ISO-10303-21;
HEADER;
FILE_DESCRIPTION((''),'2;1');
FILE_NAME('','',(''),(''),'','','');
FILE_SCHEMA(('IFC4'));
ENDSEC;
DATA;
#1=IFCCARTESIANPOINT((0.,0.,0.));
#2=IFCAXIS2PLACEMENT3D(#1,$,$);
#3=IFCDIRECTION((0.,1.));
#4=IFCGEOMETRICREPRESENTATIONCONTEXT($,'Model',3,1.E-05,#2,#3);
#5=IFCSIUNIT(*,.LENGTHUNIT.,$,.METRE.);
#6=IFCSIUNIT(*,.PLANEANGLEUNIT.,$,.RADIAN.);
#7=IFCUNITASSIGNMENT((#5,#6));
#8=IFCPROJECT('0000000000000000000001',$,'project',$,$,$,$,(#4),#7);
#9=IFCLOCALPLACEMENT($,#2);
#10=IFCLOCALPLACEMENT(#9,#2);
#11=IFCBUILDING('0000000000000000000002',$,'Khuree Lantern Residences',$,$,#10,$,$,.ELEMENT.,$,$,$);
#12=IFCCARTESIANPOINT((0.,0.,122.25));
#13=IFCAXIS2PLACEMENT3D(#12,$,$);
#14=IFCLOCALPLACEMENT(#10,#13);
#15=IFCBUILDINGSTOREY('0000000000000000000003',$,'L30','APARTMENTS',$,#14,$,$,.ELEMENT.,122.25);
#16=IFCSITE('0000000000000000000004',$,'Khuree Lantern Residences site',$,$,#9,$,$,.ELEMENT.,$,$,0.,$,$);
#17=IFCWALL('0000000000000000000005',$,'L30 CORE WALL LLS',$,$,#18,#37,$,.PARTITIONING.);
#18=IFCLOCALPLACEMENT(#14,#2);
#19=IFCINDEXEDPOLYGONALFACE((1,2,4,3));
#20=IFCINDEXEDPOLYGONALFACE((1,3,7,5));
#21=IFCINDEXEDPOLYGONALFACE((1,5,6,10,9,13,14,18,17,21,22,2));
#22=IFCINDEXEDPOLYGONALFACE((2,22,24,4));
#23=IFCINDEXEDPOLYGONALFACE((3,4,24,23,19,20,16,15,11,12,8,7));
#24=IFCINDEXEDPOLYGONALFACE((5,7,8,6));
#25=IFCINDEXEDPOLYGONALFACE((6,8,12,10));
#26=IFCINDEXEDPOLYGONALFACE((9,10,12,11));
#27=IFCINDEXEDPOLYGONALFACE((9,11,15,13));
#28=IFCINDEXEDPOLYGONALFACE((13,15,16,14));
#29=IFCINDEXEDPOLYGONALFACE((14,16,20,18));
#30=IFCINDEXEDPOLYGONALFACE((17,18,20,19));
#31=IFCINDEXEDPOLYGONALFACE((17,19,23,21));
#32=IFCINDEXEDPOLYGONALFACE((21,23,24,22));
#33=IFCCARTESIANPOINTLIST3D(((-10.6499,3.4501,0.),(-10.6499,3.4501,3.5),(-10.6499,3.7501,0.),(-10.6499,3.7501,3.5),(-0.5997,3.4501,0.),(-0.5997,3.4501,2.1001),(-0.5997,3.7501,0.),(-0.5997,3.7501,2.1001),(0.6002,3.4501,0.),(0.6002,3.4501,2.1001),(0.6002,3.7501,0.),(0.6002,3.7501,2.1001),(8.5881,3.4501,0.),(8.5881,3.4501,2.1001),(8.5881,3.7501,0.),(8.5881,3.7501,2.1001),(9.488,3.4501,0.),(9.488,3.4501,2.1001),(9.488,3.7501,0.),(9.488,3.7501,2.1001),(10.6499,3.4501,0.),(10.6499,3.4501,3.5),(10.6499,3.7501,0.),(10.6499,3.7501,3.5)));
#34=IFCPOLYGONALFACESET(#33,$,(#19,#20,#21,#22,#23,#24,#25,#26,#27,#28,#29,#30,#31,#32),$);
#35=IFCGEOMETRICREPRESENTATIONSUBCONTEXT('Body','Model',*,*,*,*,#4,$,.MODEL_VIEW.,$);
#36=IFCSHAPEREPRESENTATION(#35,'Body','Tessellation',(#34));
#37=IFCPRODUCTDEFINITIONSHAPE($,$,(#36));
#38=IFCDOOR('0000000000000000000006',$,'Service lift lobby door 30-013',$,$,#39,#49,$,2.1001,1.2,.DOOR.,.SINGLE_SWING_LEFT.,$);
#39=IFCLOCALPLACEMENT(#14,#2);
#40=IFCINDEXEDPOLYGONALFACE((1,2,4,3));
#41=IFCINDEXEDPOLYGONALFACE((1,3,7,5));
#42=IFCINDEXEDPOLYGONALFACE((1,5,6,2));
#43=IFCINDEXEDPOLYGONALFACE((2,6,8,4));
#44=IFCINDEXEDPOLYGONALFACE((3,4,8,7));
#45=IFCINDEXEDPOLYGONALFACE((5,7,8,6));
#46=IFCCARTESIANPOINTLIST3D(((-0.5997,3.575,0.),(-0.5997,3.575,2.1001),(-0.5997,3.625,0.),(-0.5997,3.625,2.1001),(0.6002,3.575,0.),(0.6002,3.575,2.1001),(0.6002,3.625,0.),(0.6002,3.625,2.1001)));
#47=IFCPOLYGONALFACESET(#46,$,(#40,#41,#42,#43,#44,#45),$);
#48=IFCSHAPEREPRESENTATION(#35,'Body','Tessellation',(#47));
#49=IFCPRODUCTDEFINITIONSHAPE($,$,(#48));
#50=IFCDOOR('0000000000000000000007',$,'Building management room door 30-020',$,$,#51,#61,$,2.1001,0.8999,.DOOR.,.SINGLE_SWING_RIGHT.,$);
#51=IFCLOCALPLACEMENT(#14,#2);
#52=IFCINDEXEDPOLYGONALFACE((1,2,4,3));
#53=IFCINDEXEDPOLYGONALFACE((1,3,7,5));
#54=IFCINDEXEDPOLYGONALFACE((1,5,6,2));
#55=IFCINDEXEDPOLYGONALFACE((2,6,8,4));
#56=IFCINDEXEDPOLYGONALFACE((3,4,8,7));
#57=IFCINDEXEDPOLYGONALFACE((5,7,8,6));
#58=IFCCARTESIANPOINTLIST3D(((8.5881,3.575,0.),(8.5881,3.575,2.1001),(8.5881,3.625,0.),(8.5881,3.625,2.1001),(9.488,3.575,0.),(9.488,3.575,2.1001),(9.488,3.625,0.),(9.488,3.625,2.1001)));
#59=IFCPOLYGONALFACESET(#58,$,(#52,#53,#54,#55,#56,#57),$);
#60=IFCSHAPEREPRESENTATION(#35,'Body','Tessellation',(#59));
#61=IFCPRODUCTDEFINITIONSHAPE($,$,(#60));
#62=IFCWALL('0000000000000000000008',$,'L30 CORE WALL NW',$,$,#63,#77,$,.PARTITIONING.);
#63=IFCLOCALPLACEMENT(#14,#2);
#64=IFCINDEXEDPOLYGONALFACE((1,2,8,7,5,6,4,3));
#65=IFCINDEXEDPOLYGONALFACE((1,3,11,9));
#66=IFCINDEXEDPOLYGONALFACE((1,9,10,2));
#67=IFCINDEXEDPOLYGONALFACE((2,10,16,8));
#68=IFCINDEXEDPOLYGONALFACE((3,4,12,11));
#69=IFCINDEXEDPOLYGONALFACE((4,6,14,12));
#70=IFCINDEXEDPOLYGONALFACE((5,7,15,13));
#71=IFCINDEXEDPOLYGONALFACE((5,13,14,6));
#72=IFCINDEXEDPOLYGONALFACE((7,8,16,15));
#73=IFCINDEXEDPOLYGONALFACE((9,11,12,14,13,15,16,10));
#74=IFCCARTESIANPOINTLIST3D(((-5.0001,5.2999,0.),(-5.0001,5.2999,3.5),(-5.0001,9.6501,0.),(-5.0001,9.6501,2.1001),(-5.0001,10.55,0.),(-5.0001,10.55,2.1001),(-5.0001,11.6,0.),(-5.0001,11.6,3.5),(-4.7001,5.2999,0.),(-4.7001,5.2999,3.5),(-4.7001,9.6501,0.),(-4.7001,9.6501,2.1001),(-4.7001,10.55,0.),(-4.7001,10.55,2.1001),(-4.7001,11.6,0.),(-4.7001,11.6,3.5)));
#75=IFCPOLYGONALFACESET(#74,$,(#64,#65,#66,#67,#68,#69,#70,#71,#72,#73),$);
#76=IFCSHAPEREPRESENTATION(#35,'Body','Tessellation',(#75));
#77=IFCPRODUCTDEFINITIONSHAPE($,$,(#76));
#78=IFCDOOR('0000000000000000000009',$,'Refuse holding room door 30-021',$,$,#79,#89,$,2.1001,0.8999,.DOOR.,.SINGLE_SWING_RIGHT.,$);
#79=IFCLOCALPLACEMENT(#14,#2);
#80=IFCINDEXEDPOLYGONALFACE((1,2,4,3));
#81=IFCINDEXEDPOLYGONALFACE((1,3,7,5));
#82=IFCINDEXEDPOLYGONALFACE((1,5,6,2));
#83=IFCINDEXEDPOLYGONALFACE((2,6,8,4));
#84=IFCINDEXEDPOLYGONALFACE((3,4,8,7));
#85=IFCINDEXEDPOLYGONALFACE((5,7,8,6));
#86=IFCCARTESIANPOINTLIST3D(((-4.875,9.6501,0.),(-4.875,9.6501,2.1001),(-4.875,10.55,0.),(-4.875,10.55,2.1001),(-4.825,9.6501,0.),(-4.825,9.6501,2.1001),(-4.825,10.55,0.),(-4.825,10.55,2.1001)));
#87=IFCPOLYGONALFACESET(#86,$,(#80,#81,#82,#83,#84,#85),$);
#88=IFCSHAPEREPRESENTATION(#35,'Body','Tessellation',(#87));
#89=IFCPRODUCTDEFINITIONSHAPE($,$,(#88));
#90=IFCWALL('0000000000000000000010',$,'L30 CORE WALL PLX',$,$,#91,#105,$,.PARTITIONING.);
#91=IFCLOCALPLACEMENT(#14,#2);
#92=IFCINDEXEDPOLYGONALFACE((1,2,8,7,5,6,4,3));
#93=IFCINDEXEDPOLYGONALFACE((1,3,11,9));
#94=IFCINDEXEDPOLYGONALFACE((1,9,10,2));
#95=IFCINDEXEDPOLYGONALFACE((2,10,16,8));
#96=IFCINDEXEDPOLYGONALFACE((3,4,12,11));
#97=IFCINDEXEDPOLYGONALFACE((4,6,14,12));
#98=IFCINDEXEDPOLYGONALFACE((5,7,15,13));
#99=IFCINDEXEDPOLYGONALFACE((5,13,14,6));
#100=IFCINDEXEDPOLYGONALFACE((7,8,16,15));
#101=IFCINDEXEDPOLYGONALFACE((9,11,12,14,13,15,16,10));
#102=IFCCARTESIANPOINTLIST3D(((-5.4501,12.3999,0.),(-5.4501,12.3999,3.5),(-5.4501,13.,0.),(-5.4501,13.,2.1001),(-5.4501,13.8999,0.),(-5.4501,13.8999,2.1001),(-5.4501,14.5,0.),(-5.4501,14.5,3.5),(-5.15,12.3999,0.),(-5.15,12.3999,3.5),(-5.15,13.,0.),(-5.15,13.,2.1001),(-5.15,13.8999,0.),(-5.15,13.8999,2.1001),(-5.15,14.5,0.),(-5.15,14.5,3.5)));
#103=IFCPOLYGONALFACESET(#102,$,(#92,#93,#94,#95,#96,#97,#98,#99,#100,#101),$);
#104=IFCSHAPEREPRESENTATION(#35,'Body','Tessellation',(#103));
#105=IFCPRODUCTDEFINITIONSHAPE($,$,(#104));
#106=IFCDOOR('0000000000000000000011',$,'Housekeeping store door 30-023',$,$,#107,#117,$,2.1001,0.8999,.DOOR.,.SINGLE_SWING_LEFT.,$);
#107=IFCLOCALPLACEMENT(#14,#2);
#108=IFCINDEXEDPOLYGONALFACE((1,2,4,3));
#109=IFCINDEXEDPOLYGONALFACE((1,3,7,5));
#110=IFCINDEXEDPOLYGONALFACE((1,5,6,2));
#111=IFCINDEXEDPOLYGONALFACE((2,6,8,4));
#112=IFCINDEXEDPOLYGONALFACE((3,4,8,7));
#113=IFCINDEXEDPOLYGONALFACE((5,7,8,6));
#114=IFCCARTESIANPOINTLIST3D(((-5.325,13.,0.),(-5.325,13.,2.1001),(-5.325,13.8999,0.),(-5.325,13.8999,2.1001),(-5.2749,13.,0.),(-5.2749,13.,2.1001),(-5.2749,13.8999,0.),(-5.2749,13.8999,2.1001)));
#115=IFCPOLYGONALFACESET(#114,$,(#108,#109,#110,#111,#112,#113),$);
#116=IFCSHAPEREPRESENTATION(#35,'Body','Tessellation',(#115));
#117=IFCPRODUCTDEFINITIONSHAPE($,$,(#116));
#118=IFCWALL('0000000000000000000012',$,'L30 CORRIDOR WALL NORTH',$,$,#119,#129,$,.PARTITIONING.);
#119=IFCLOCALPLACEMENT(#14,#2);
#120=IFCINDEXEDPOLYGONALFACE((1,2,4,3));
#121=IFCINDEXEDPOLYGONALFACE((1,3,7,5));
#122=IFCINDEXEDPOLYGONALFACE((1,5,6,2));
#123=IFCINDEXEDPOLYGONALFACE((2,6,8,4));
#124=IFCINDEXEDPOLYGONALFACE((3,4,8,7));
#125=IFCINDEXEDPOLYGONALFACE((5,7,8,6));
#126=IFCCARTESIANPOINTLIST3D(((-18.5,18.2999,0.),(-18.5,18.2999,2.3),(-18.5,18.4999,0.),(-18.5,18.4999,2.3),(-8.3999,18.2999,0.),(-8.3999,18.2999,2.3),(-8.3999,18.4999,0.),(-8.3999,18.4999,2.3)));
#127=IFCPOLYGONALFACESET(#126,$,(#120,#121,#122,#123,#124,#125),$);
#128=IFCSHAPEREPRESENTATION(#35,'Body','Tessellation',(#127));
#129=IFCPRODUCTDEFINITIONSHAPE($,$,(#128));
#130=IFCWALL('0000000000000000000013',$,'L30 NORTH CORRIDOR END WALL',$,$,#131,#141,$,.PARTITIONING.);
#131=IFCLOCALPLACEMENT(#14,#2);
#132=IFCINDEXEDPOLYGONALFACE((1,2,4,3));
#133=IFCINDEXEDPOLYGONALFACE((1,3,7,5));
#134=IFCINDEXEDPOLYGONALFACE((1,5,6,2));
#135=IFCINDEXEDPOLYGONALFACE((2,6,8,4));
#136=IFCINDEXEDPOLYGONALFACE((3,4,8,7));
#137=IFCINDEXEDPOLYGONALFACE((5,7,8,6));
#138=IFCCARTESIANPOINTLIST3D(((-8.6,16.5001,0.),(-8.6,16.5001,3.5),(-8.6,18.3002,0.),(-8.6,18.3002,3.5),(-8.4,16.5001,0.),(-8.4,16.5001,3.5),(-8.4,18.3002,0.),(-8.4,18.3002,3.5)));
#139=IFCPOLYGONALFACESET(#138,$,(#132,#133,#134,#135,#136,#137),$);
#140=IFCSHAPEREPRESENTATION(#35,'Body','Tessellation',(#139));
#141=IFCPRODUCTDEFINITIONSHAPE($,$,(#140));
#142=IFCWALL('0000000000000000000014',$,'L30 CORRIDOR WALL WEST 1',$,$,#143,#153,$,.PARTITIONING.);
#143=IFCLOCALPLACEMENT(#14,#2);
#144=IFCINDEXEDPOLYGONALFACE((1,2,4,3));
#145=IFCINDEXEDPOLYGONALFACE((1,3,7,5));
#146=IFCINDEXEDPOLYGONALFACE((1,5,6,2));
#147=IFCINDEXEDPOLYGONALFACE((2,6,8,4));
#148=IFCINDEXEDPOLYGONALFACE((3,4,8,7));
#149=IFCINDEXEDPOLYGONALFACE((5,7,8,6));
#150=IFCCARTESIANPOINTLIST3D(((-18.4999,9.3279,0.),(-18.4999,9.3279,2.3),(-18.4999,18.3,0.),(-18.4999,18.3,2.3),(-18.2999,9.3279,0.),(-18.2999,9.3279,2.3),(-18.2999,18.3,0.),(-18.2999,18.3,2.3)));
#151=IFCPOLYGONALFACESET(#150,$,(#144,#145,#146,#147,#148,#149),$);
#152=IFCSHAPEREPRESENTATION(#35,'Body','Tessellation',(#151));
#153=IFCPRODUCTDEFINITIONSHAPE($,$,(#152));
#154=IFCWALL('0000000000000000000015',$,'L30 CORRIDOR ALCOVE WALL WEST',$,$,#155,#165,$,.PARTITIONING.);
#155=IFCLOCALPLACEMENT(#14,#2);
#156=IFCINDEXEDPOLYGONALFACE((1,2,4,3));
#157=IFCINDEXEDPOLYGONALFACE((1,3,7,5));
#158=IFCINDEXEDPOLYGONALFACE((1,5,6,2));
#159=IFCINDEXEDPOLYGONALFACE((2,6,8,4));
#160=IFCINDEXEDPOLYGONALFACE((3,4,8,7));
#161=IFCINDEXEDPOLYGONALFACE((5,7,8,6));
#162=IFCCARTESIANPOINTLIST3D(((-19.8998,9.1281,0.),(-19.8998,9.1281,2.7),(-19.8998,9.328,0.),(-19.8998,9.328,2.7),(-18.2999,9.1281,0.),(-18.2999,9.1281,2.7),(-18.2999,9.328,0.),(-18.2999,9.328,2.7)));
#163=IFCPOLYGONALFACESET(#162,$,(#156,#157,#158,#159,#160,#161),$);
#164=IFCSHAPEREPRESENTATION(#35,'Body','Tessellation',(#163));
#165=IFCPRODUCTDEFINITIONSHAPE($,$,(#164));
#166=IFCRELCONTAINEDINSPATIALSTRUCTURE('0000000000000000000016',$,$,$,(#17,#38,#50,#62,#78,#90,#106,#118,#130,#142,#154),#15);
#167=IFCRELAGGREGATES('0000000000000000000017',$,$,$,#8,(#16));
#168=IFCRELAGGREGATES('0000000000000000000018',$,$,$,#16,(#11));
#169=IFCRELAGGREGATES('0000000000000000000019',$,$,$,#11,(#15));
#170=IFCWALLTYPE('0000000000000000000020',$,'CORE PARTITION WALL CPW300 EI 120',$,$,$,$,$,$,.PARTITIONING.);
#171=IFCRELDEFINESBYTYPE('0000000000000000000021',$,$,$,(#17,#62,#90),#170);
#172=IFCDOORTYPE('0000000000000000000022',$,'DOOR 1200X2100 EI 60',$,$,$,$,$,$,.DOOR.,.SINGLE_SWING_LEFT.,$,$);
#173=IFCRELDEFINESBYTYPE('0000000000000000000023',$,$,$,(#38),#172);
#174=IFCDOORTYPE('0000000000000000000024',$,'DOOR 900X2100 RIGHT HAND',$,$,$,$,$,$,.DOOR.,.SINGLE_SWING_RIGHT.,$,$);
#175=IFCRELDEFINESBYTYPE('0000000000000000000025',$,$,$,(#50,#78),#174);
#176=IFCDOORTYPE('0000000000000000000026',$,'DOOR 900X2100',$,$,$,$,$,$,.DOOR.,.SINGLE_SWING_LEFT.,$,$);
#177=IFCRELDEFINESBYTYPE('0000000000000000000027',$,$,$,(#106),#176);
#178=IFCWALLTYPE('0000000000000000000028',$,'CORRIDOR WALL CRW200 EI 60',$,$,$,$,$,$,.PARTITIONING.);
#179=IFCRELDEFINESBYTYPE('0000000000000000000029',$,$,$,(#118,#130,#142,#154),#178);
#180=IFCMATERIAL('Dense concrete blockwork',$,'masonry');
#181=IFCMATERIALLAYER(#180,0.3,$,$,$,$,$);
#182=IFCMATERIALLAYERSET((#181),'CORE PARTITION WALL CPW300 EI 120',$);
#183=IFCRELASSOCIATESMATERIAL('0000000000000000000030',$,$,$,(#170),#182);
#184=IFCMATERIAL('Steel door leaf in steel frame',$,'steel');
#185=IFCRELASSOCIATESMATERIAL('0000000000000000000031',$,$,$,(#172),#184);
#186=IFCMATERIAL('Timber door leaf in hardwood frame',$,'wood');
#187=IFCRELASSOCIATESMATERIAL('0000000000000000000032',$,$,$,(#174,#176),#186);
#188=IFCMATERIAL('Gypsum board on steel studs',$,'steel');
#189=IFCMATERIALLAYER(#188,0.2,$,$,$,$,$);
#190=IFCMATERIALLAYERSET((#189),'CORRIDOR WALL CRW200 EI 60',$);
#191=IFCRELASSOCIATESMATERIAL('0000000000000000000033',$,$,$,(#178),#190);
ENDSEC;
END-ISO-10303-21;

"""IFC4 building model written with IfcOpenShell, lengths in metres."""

from ifc_helpers import new_model, si_unit, direction, frame, frame_2d, origin, place, context, subcontext, project, spatial, rectangle, extrude, material, layer, layer_set, type_object, element, fill, save


model = new_model("IFC4")

# Units and contexts
model_context = context("Model", 3, precision=1e-05, world=origin(), true_north=direction((0.0, 1.0)))
body_context = subcontext(model_context, "Body", "Model", "MODEL_VIEW")
ifc_project = project(units=[si_unit("LENGTHUNIT", "METRE"), si_unit("PLANEANGLEUNIT", "RADIAN")], contexts=[model_context])

# Site, building, storey
site_placement = place(None, origin())
site = spatial("IfcSite", under=ifc_project, at=site_placement, Name="Khuree Lantern Residences site", CompositionType="ELEMENT", RefElevation=0.0)
building_placement = place(site_placement, origin())
building = spatial("IfcBuilding", under=site, at=building_placement, Name="Khuree Lantern Residences", CompositionType="ELEMENT")
storey_placement = place(building_placement, frame((0.0, 0.0, 122.25)))
storey = spatial("IfcBuildingStorey", under=building, at=storey_placement, Name="L30", Description="APARTMENTS", CompositionType="ELEMENT", Elevation=122.25)

# Shared definitions
ifc_material_1 = material(Name="Dense concrete blockwork", Category="masonry")
ifc_layer_1 = layer(ifc_material_1, 0.3)
ifc_layer_set_1 = layer_set([ifc_layer_1], Name="CORE PARTITION WALL CPW300 EI 120")
wall_type_1 = type_object("IfcWallType", Name="CORE PARTITION WALL CPW300 EI 120", PredefinedType="PARTITIONING", material=ifc_layer_set_1)

# Wall, openings, doors
wall_1_placement = place(storey_placement, frame((-10.6499, 3.6001, 0.0), z_axis=(0.0, 0.0, 1.0), x_axis=(1.0, 0.0, 0.0)))
wall_1 = element("IfcWall", 1, at=wall_1_placement, inside=storey, type_object=wall_type_1, Name="L30 CORE WALL LLS", PredefinedType="PARTITIONING", context=body_context, shape_type="SweptSolid", body=[
    extrude(rectangle(XDim=21.2998, YDim=0.3, at=frame_2d((10.6499, 0.0))), origin(), (0.0, 0.0, 1.0), 3.5),
])
opening_1_placement = place(wall_1_placement, frame((10.05, 0.0, 0.0)))
opening_1 = element("IfcOpeningElement", 2, at=opening_1_placement, cuts=wall_1, PredefinedType="OPENING", context=body_context, shape_type="SweptSolid", body=[
    extrude(rectangle(XDim=1.2, YDim=2.1001, at=frame_2d((0.6001, 1.05))), frame((0.0, 0.1602, 0.0), z_axis=(0.0, -1.0, 0.0), x_axis=(1.0, 0.0, 0.0)), (0.0, 0.0, 1.0), 0.3201),
])
opening_2_placement = place(wall_1_placement, frame((19.238, 0.0, 0.0)))
opening_2 = element("IfcOpeningElement", 3, at=opening_2_placement, cuts=wall_1, PredefinedType="OPENING", context=body_context, shape_type="SweptSolid", body=[
    extrude(rectangle(XDim=0.8999, YDim=2.1001, at=frame_2d((0.45, 1.05))), frame((0.0, 0.1602, 0.0), z_axis=(0.0, -1.0, 0.0), x_axis=(1.0, 0.0, 0.0)), (0.0, 0.0, 1.0), 0.3201),
])
ifc_material_2 = material(Name="Steel door leaf in steel frame", Category="steel")
door_type_1 = type_object("IfcDoorType", Name="DOOR 1200X2100 EI 60", OperationType="SINGLE_SWING_LEFT", PredefinedType="DOOR", material=ifc_material_2)
door_1_placement = place(opening_1_placement, origin())
door_1 = element("IfcDoor", 4, at=door_1_placement, inside=storey, type_object=door_type_1, Name="Service lift lobby door 30-013", OperationType="SINGLE_SWING_LEFT", OverallHeight=2.1001, OverallWidth=1.2, PredefinedType="DOOR", context=body_context, shape_type="SweptSolid", body=[
    extrude(rectangle(XDim=1.2, YDim=2.1001, at=frame_2d((0.6001, 1.05))), frame((0.0, 0.0249, 0.0), z_axis=(0.0, -1.0, 0.0), x_axis=(1.0, 0.0, 0.0)), (0.0, 0.0, 1.0), 0.05),
])
fill(opening_1, door_1)
ifc_material_3 = material(Name="Timber door leaf in hardwood frame", Category="wood")
door_type_2 = type_object("IfcDoorType", Name="DOOR 900X2100 RIGHT HAND", OperationType="SINGLE_SWING_RIGHT", PredefinedType="DOOR", material=ifc_material_3)
door_2_placement = place(opening_2_placement, origin())
door_2 = element("IfcDoor", 5, at=door_2_placement, inside=storey, type_object=door_type_2, Name="Building management room door 30-020", OperationType="SINGLE_SWING_RIGHT", OverallHeight=2.1001, OverallWidth=0.8999, PredefinedType="DOOR", context=body_context, shape_type="SweptSolid", body=[
    extrude(rectangle(XDim=0.8999, YDim=2.1001, at=frame_2d((0.45, 1.05))), frame((0.0, 0.0249, 0.0), z_axis=(0.0, -1.0, 0.0), x_axis=(1.0, 0.0, 0.0)), (0.0, 0.0, 1.0), 0.05),
])
fill(opening_2, door_2)

# Walls, openings, doors
wall_2_placement = place(storey_placement, frame((-4.8501, 5.3, 0.0), z_axis=(0.0, 0.0, 1.0), x_axis=(0.0, 1.0, 0.0)))
wall_2 = element("IfcWall", 6, at=wall_2_placement, inside=storey, type_object=wall_type_1, Name="L30 CORE WALL NW", PredefinedType="PARTITIONING", context=body_context, shape_type="SweptSolid", body=[
    extrude(rectangle(XDim=6.3, YDim=0.3, at=frame_2d((3.1499, 0.0))), origin(), (0.0, 0.0, 1.0), 3.5),
])
opening_3_placement = place(wall_2_placement, frame((4.3501, 0.0, 0.0)))
opening_3 = element("IfcOpeningElement", 7, at=opening_3_placement, cuts=wall_2, PredefinedType="OPENING", context=body_context, shape_type="SweptSolid", body=[
    extrude(rectangle(XDim=0.8999, YDim=2.1001, at=frame_2d((0.45, 1.05))), frame((0.0, 0.1602, 0.0), z_axis=(0.0, -1.0, 0.0), x_axis=(1.0, 0.0, 0.0)), (0.0, 0.0, 1.0), 0.3201),
])
door_3_placement = place(opening_3_placement, origin())
door_3 = element("IfcDoor", 8, at=door_3_placement, inside=storey, type_object=door_type_2, Name="Refuse holding room door 30-021", OperationType="SINGLE_SWING_RIGHT", OverallHeight=2.1001, OverallWidth=0.8999, PredefinedType="DOOR", context=body_context, shape_type="SweptSolid", body=[
    extrude(rectangle(XDim=0.8999, YDim=2.1001, at=frame_2d((0.45, 1.05))), frame((0.0, 0.0249, 0.0), z_axis=(0.0, -1.0, 0.0), x_axis=(1.0, 0.0, 0.0)), (0.0, 0.0, 1.0), 0.05),
])
fill(opening_3, door_3)
wall_3_placement = place(storey_placement, frame((-5.3, 12.3999, 0.0), z_axis=(0.0, 0.0, 1.0), x_axis=(0.0, 1.0, 0.0)))
wall_3 = element("IfcWall", 9, at=wall_3_placement, inside=storey, type_object=wall_type_1, Name="L30 CORE WALL PLX", PredefinedType="PARTITIONING", context=body_context, shape_type="SweptSolid", body=[
    extrude(rectangle(XDim=2.1001, YDim=0.3, at=frame_2d((1.05, 0.0))), origin(), (0.0, 0.0, 1.0), 3.5),
])
opening_4_placement = place(wall_3_placement, frame((0.6001, 0.0, 0.0)))
opening_4 = element("IfcOpeningElement", 10, at=opening_4_placement, cuts=wall_3, PredefinedType="OPENING", context=body_context, shape_type="SweptSolid", body=[
    extrude(rectangle(XDim=0.8999, YDim=2.1001, at=frame_2d((0.45, 1.05))), frame((0.0, 0.1602, 0.0), z_axis=(0.0, -1.0, 0.0), x_axis=(1.0, 0.0, 0.0)), (0.0, 0.0, 1.0), 0.3201),
])
door_type_3 = type_object("IfcDoorType", Name="DOOR 900X2100", OperationType="SINGLE_SWING_LEFT", PredefinedType="DOOR", material=ifc_material_3)
door_4_placement = place(opening_4_placement, origin())
door_4 = element("IfcDoor", 11, at=door_4_placement, inside=storey, type_object=door_type_3, Name="Housekeeping store door 30-023", OperationType="SINGLE_SWING_LEFT", OverallHeight=2.1001, OverallWidth=0.8999, PredefinedType="DOOR", context=body_context, shape_type="SweptSolid", body=[
    extrude(rectangle(XDim=0.8999, YDim=2.1001, at=frame_2d((0.45, 1.05))), frame((0.0, 0.0249, 0.0), z_axis=(0.0, -1.0, 0.0), x_axis=(1.0, 0.0, 0.0)), (0.0, 0.0, 1.0), 0.05),
])
fill(opening_4, door_4)

# Walls
ifc_material_4 = material(Name="Gypsum board on steel studs", Category="steel")
ifc_layer_2 = layer(ifc_material_4, 0.2)
ifc_layer_set_2 = layer_set([ifc_layer_2], Name="CORRIDOR WALL CRW200 EI 60")
wall_type_2 = type_object("IfcWallType", Name="CORRIDOR WALL CRW200 EI 60", PredefinedType="PARTITIONING", material=ifc_layer_set_2)
wall_4_placement = place(storey_placement, frame((-18.5, 18.3999, 0.0), z_axis=(0.0, 0.0, 1.0), x_axis=(1.0, 0.0, 0.0)))
element("IfcWall", 12, at=wall_4_placement, inside=storey, type_object=wall_type_2, Name="L30 CORRIDOR WALL NORTH", PredefinedType="PARTITIONING", context=body_context, shape_type="SweptSolid", body=[
    extrude(rectangle(XDim=10.1001, YDim=0.2, at=frame_2d((5.05, 0.0))), origin(), (0.0, 0.0, 1.0), 2.3),
])
wall_5_placement = place(storey_placement, frame((-8.5, 18.3, 0.0), z_axis=(0.0, 0.0, 1.0), x_axis=(0.0, -1.0, 0.0)))
element("IfcWall", 13, at=wall_5_placement, inside=storey, type_object=wall_type_2, Name="L30 NORTH CORRIDOR END WALL", PredefinedType="PARTITIONING", context=body_context, shape_type="SweptSolid", body=[
    extrude(rectangle(XDim=1.8, YDim=0.2, at=frame_2d((0.8999, 0.0))), origin(), (0.0, 0.0, 1.0), 3.5),
])
wall_6_placement = place(storey_placement, frame((-18.3999, 18.3, 0.0), z_axis=(0.0, 0.0, 1.0), x_axis=(0.0, -1.0, 0.0)))
element("IfcWall", 14, at=wall_6_placement, inside=storey, type_object=wall_type_2, Name="L30 CORRIDOR WALL WEST 1", PredefinedType="PARTITIONING", context=body_context, shape_type="SweptSolid", body=[
    extrude(rectangle(XDim=8.9722, YDim=0.2, at=frame_2d((4.4861, 0.0))), origin(), (0.0, 0.0, 1.0), 2.3),
])
wall_7_placement = place(storey_placement, frame((-18.3, 9.228, 0.0), z_axis=(0.0, 0.0, 1.0), x_axis=(-1.0, 0.0, 0.0)))
element("IfcWall", 15, at=wall_7_placement, inside=storey, type_object=wall_type_2, Name="L30 CORRIDOR ALCOVE WALL WEST", PredefinedType="PARTITIONING", context=body_context, shape_type="SweptSolid", body=[
    extrude(rectangle(XDim=1.5999, YDim=0.2, at=frame_2d((0.7998, 0.0))), origin(), (0.0, 0.0, 1.0), 2.7),
])

save(model, "model.ifc")
